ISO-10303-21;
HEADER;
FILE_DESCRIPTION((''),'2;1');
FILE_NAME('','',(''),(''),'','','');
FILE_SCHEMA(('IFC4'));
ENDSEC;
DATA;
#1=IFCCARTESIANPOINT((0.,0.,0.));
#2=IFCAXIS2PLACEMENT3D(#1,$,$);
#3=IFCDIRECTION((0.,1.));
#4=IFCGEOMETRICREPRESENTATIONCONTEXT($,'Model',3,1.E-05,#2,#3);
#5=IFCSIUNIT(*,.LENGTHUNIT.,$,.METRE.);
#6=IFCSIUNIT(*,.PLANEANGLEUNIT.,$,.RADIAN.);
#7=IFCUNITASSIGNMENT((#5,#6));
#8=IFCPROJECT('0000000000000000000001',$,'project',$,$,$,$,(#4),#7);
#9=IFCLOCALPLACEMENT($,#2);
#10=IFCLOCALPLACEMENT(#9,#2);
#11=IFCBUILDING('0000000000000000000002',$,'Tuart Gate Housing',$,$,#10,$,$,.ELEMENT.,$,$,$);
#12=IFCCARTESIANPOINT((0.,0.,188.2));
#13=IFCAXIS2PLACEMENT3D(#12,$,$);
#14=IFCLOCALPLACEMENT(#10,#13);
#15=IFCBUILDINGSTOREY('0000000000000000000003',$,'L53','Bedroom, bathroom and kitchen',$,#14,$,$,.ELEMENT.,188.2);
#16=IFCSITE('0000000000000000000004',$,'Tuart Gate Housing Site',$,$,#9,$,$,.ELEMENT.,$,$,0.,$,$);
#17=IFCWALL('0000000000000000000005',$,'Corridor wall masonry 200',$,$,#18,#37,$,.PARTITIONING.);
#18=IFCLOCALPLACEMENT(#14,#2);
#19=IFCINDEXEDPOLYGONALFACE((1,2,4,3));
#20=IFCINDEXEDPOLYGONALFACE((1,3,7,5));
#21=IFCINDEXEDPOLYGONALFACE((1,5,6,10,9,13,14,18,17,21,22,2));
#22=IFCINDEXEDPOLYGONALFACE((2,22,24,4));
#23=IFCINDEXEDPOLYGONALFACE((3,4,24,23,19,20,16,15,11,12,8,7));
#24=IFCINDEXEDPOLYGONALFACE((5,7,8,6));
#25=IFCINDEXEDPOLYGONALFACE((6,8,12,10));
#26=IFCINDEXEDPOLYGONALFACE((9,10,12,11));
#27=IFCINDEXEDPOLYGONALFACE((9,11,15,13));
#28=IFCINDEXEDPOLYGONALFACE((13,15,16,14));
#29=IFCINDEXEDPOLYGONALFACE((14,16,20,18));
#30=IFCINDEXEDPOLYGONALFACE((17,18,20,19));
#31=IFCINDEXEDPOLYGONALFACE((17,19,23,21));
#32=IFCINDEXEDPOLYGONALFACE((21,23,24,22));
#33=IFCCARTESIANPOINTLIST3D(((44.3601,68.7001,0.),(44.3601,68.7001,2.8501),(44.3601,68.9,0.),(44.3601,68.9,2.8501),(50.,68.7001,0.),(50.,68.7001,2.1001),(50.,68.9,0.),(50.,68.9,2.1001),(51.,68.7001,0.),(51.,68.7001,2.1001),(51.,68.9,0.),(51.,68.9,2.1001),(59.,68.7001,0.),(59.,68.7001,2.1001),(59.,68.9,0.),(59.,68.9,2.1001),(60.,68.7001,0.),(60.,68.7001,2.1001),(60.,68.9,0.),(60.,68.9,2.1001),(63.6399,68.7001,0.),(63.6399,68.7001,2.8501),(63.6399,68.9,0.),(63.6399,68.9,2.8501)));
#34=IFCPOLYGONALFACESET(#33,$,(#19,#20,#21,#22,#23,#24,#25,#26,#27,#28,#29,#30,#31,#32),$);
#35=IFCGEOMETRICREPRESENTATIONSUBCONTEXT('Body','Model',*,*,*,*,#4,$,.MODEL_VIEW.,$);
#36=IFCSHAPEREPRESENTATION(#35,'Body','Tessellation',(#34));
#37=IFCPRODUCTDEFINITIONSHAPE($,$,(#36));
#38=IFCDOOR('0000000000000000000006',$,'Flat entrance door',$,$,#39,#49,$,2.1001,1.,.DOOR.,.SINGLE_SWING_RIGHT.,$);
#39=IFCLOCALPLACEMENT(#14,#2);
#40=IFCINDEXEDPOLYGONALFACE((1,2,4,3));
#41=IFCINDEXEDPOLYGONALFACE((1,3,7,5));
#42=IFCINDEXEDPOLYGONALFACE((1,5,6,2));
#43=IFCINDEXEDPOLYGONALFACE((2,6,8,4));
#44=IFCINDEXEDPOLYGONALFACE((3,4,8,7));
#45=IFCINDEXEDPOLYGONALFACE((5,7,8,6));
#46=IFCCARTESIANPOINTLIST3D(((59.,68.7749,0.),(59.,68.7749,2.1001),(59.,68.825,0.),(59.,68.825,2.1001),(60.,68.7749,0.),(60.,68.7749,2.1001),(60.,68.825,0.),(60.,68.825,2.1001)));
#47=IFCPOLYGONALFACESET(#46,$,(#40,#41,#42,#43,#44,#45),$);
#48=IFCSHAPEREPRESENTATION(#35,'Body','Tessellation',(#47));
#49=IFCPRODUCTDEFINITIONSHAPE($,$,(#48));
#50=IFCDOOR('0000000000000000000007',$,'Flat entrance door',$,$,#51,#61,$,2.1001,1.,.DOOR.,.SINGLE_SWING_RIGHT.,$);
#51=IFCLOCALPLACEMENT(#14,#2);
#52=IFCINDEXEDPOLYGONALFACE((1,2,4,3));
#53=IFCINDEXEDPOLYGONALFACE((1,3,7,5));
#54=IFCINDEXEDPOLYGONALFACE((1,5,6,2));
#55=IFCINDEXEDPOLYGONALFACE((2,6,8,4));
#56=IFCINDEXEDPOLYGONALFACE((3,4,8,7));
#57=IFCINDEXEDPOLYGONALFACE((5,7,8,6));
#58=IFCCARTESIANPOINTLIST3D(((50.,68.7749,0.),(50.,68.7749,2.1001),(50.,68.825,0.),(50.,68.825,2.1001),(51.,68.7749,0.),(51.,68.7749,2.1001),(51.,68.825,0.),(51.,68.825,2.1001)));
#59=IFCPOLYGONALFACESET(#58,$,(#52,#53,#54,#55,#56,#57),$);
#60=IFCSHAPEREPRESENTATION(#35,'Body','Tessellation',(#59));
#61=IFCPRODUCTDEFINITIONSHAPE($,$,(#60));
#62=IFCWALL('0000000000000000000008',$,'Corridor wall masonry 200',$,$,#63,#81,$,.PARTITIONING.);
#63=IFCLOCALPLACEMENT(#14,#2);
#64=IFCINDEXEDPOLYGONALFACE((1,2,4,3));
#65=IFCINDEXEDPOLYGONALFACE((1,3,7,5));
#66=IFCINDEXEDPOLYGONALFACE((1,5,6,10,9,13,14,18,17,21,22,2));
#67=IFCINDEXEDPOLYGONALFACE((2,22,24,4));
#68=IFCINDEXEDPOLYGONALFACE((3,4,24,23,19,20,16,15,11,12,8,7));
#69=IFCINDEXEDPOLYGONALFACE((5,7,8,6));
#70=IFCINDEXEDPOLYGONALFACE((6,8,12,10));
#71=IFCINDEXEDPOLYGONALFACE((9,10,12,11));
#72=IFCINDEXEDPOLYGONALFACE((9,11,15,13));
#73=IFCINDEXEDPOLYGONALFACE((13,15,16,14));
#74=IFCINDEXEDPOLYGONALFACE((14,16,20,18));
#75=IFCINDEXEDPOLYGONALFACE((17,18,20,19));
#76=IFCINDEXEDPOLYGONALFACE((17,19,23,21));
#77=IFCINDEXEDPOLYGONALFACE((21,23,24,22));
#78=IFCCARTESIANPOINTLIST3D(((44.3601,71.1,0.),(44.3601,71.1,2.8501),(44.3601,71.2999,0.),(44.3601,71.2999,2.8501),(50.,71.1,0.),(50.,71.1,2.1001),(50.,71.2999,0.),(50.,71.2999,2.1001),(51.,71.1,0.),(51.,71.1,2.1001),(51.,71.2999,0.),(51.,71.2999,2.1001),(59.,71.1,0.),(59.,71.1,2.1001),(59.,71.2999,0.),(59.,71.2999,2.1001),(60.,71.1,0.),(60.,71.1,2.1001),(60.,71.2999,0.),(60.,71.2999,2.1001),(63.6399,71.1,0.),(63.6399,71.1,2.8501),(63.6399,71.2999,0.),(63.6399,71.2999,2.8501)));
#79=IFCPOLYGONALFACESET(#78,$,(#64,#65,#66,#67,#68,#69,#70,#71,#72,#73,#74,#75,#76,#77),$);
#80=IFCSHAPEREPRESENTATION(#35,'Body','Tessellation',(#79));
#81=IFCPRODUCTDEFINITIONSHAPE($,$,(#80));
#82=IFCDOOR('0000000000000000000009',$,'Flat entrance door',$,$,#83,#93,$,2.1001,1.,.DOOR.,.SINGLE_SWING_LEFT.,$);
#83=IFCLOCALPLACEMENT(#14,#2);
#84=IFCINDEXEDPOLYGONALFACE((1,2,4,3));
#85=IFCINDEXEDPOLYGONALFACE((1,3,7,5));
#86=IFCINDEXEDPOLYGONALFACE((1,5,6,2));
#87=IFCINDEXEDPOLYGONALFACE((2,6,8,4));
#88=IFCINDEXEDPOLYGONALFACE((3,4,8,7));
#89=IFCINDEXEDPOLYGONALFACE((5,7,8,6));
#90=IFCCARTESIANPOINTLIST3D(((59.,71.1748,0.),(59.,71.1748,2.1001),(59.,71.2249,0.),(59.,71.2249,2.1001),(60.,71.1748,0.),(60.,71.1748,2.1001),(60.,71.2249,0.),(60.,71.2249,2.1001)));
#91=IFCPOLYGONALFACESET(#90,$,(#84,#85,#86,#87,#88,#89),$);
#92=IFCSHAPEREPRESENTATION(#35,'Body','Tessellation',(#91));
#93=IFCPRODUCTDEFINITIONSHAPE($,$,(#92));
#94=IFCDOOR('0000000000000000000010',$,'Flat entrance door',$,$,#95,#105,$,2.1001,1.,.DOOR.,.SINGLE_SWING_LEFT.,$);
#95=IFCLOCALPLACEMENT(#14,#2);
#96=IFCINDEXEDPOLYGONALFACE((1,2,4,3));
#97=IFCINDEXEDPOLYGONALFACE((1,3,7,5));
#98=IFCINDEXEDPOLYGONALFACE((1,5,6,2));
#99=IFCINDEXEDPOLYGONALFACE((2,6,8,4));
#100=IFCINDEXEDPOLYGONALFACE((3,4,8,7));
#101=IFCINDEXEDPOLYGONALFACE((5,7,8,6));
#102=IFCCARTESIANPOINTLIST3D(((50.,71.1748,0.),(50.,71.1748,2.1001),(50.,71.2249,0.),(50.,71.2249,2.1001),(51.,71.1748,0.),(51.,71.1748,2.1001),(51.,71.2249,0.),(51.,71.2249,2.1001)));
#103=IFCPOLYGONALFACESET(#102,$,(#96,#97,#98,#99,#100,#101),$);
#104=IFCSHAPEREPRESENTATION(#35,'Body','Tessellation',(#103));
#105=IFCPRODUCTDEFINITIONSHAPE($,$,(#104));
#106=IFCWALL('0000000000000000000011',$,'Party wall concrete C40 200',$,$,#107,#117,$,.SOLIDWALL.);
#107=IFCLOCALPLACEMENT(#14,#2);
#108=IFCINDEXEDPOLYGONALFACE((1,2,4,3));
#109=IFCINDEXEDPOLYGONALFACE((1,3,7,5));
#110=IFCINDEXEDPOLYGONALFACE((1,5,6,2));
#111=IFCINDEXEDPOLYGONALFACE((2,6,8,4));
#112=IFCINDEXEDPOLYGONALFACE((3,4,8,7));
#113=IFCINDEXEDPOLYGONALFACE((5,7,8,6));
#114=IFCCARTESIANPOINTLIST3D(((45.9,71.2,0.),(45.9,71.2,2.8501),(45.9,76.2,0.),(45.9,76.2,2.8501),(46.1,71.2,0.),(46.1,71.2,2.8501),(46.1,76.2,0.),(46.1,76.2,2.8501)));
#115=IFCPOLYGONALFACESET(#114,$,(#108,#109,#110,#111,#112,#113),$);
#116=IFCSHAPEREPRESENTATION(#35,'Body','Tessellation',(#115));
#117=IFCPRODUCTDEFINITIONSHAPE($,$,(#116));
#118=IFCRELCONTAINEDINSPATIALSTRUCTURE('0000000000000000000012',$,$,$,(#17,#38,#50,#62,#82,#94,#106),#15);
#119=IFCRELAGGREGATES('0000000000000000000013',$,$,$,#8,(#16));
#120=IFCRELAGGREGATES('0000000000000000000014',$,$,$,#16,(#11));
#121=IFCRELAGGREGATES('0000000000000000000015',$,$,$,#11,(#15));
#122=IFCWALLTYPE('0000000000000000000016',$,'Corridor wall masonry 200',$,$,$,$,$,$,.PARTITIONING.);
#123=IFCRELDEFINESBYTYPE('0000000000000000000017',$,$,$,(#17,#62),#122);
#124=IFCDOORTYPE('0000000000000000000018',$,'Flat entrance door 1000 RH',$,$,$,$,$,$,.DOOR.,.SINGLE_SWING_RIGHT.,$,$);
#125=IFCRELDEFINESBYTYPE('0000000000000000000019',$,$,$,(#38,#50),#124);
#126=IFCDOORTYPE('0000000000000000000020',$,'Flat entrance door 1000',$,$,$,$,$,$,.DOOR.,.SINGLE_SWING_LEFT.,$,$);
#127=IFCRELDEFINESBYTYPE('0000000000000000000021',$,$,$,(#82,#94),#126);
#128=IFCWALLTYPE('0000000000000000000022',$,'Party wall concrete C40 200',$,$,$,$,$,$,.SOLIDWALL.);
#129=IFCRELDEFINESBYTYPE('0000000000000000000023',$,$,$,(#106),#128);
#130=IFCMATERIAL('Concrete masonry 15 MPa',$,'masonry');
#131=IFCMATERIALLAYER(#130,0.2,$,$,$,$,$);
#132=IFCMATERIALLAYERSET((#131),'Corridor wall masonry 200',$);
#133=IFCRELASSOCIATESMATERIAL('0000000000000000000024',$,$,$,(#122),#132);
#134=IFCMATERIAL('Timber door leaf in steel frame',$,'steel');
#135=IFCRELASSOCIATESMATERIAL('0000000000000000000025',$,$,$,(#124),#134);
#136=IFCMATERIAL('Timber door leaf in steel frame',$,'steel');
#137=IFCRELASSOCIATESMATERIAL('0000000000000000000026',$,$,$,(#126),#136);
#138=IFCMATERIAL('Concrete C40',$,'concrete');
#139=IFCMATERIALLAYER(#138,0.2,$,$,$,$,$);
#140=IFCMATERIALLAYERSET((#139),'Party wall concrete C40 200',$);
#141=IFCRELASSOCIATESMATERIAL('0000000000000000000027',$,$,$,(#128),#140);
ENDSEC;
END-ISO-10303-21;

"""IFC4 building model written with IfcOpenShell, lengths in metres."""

from ifc_helpers import new_model, si_unit, direction, frame, frame_2d, origin, place, context, subcontext, project, spatial, rectangle, extrude, material, layer, layer_set, type_object, element, fill, save


model = new_model("IFC4")

# Units and contexts
model_context = context("Model", 3, precision=1e-05, world=origin(), true_north=direction((0.0, 1.0)))
body_context = subcontext(model_context, "Body", "Model", "MODEL_VIEW")
ifc_project = project(units=[si_unit("LENGTHUNIT", "METRE"), si_unit("PLANEANGLEUNIT", "RADIAN")], contexts=[model_context])

# Site, building, storey
site_placement = place(None, origin())
site = spatial("IfcSite", under=ifc_project, at=site_placement, Name="Tuart Gate Housing Site", CompositionType="ELEMENT", RefElevation=0.0)
building_placement = place(site_placement, origin())
building = spatial("IfcBuilding", under=site, at=building_placement, Name="Tuart Gate Housing", CompositionType="ELEMENT")
storey_placement = place(building_placement, frame((0.0, 0.0, 188.2)))
storey = spatial("IfcBuildingStorey", under=building, at=storey_placement, Name="L53", Description="Bedroom, bathroom and kitchen", CompositionType="ELEMENT", Elevation=188.2)

# Walls, openings, doors
ifc_material_1 = material(Name="Concrete masonry 15 MPa", Category="masonry")
ifc_layer_1 = layer(ifc_material_1, 0.2)
ifc_layer_set_1 = layer_set([ifc_layer_1], Name="Corridor wall masonry 200")
wall_type_1 = type_object("IfcWallType", Name="Corridor wall masonry 200", PredefinedType="PARTITIONING", material=ifc_layer_set_1)
wall_1_placement = place(storey_placement, frame((44.3601, 68.8, 0.0), z_axis=(0.0, 0.0, 1.0), x_axis=(1.0, 0.0, 0.0)))
wall_1 = element("IfcWall", 1, at=wall_1_placement, inside=storey, type_object=wall_type_1, Name="Corridor wall masonry 200", PredefinedType="PARTITIONING", context=body_context, shape_type="SweptSolid", body=[
    extrude(rectangle(XDim=19.2798, YDim=0.2, at=frame_2d((9.6399, 0.0))), origin(), (0.0, 0.0, 1.0), 2.8501),
])
opening_1_placement = place(wall_1_placement, frame((14.6399, 0.0, 0.0)))
opening_1 = element("IfcOpeningElement", 2, at=opening_1_placement, cuts=wall_1, PredefinedType="OPENING", context=body_context, shape_type="SweptSolid", body=[
    extrude(rectangle(XDim=1.0, YDim=2.1001, at=frame_2d((0.5, 1.05))), frame((0.0, 0.1099, 0.0), z_axis=(0.0, -1.0, 0.0), x_axis=(1.0, 0.0, 0.0)), (0.0, 0.0, 1.0), 0.22),
])
opening_2_placement = place(wall_1_placement, frame((5.6399, 0.0, 0.0)))
opening_2 = element("IfcOpeningElement", 3, at=opening_2_placement, cuts=wall_1, PredefinedType="OPENING", context=body_context, shape_type="SweptSolid", body=[
    extrude(rectangle(XDim=1.0, YDim=2.1001, at=frame_2d((0.5, 1.05))), frame((0.0, 0.1099, 0.0), z_axis=(0.0, -1.0, 0.0), x_axis=(1.0, 0.0, 0.0)), (0.0, 0.0, 1.0), 0.22),
])
ifc_material_2 = material(Name="Timber door leaf in steel frame", Category="steel")
door_type_1 = type_object("IfcDoorType", Name="Flat entrance door 1000 RH", OperationType="SINGLE_SWING_RIGHT", PredefinedType="DOOR", material=ifc_material_2)
door_1_placement = place(opening_1_placement, frame((1.0, 0.0, 0.0), z_axis=(0.0, 0.0, 1.0), x_axis=(-1.0, 0.0, 0.0)))
door_1 = element("IfcDoor", 4, at=door_1_placement, inside=storey, type_object=door_type_1, Name="Flat entrance door", OperationType="SINGLE_SWING_RIGHT", OverallHeight=2.1001, OverallWidth=1.0, PredefinedType="DOOR", context=body_context, shape_type="SweptSolid", body=[
    extrude(rectangle(XDim=1.0, YDim=2.1001, at=frame_2d((0.5, 1.05))), frame((0.0, 0.0251, 0.0), z_axis=(0.0, -1.0, 0.0), x_axis=(1.0, 0.0, 0.0)), (0.0, 0.0, 1.0), 0.05),
])
fill(opening_1, door_1)
door_2_placement = place(opening_2_placement, frame((1.0, 0.0, 0.0), z_axis=(0.0, 0.0, 1.0), x_axis=(-1.0, 0.0, 0.0)))
door_2 = element("IfcDoor", 5, at=door_2_placement, inside=storey, type_object=door_type_1, Name="Flat entrance door", OperationType="SINGLE_SWING_RIGHT", OverallHeight=2.1001, OverallWidth=1.0, PredefinedType="DOOR", context=body_context, shape_type="SweptSolid", body=[
    extrude(rectangle(XDim=1.0, YDim=2.1001, at=frame_2d((0.5, 1.05))), frame((0.0, 0.0251, 0.0), z_axis=(0.0, -1.0, 0.0), x_axis=(1.0, 0.0, 0.0)), (0.0, 0.0, 1.0), 0.05),
])
fill(opening_2, door_2)
wall_2_placement = place(storey_placement, frame((44.3601, 71.2, 0.0), z_axis=(0.0, 0.0, 1.0), x_axis=(1.0, 0.0, 0.0)))
wall_2 = element("IfcWall", 6, at=wall_2_placement, inside=storey, type_object=wall_type_1, Name="Corridor wall masonry 200", PredefinedType="PARTITIONING", context=body_context, shape_type="SweptSolid", body=[
    extrude(rectangle(XDim=19.2798, YDim=0.2, at=frame_2d((9.6399, 0.0))), origin(), (0.0, 0.0, 1.0), 2.8501),
])
opening_3_placement = place(wall_2_placement, frame((14.6399, 0.0, 0.0)))
opening_3 = element("IfcOpeningElement", 7, at=opening_3_placement, cuts=wall_2, PredefinedType="OPENING", context=body_context, shape_type="SweptSolid", body=[
    extrude(rectangle(XDim=1.0, YDim=2.1001, at=frame_2d((0.5, 1.05))), frame((0.0, 0.1099, 0.0), z_axis=(0.0, -1.0, 0.0), x_axis=(1.0, 0.0, 0.0)), (0.0, 0.0, 1.0), 0.22),
])
opening_4_placement = place(wall_2_placement, frame((5.6399, 0.0, 0.0)))
opening_4 = element("IfcOpeningElement", 8, at=opening_4_placement, cuts=wall_2, PredefinedType="OPENING", context=body_context, shape_type="SweptSolid", body=[
    extrude(rectangle(XDim=1.0, YDim=2.1001, at=frame_2d((0.5, 1.05))), frame((0.0, 0.1099, 0.0), z_axis=(0.0, -1.0, 0.0), x_axis=(1.0, 0.0, 0.0)), (0.0, 0.0, 1.0), 0.22),
])
ifc_material_3 = material(Name="Timber door leaf in steel frame", Category="steel")
door_type_2 = type_object("IfcDoorType", Name="Flat entrance door 1000", OperationType="SINGLE_SWING_LEFT", PredefinedType="DOOR", material=ifc_material_3)
door_3_placement = place(opening_3_placement, origin())
door_3 = element("IfcDoor", 9, at=door_3_placement, inside=storey, type_object=door_type_2, Name="Flat entrance door", OperationType="SINGLE_SWING_LEFT", OverallHeight=2.1001, OverallWidth=1.0, PredefinedType="DOOR", context=body_context, shape_type="SweptSolid", body=[
    extrude(rectangle(XDim=1.0, YDim=2.1001, at=frame_2d((0.5, 1.05))), frame((0.0, 0.0249, 0.0), z_axis=(0.0, -1.0, 0.0), x_axis=(1.0, 0.0, 0.0)), (0.0, 0.0, 1.0), 0.05),
])
fill(opening_3, door_3)
door_4_placement = place(opening_4_placement, origin())
door_4 = element("IfcDoor", 10, at=door_4_placement, inside=storey, type_object=door_type_2, Name="Flat entrance door", OperationType="SINGLE_SWING_LEFT", OverallHeight=2.1001, OverallWidth=1.0, PredefinedType="DOOR", context=body_context, shape_type="SweptSolid", body=[
    extrude(rectangle(XDim=1.0, YDim=2.1001, at=frame_2d((0.5, 1.05))), frame((0.0, 0.0249, 0.0), z_axis=(0.0, -1.0, 0.0), x_axis=(1.0, 0.0, 0.0)), (0.0, 0.0, 1.0), 0.05),
])
fill(opening_4, door_4)

# Wall
ifc_material_4 = material(Name="Concrete C40", Category="concrete")
ifc_layer_2 = layer(ifc_material_4, 0.2)
ifc_layer_set_2 = layer_set([ifc_layer_2], Name="Party wall concrete C40 200")
wall_type_2 = type_object("IfcWallType", Name="Party wall concrete C40 200", PredefinedType="SOLIDWALL", material=ifc_layer_set_2)
wall_3_placement = place(storey_placement, frame((46.0, 71.2, 0.0), z_axis=(0.0, 0.0, 1.0), x_axis=(0.0, 1.0, 0.0)))
element("IfcWall", 11, at=wall_3_placement, inside=storey, type_object=wall_type_2, Name="Party wall concrete C40 200", PredefinedType="SOLIDWALL", context=body_context, shape_type="SweptSolid", body=[
    extrude(rectangle(XDim=5.0, YDim=0.2, at=frame_2d((2.5, 0.0))), origin(), (0.0, 0.0, 1.0), 2.8501),
])

save(model, "model.ifc")
